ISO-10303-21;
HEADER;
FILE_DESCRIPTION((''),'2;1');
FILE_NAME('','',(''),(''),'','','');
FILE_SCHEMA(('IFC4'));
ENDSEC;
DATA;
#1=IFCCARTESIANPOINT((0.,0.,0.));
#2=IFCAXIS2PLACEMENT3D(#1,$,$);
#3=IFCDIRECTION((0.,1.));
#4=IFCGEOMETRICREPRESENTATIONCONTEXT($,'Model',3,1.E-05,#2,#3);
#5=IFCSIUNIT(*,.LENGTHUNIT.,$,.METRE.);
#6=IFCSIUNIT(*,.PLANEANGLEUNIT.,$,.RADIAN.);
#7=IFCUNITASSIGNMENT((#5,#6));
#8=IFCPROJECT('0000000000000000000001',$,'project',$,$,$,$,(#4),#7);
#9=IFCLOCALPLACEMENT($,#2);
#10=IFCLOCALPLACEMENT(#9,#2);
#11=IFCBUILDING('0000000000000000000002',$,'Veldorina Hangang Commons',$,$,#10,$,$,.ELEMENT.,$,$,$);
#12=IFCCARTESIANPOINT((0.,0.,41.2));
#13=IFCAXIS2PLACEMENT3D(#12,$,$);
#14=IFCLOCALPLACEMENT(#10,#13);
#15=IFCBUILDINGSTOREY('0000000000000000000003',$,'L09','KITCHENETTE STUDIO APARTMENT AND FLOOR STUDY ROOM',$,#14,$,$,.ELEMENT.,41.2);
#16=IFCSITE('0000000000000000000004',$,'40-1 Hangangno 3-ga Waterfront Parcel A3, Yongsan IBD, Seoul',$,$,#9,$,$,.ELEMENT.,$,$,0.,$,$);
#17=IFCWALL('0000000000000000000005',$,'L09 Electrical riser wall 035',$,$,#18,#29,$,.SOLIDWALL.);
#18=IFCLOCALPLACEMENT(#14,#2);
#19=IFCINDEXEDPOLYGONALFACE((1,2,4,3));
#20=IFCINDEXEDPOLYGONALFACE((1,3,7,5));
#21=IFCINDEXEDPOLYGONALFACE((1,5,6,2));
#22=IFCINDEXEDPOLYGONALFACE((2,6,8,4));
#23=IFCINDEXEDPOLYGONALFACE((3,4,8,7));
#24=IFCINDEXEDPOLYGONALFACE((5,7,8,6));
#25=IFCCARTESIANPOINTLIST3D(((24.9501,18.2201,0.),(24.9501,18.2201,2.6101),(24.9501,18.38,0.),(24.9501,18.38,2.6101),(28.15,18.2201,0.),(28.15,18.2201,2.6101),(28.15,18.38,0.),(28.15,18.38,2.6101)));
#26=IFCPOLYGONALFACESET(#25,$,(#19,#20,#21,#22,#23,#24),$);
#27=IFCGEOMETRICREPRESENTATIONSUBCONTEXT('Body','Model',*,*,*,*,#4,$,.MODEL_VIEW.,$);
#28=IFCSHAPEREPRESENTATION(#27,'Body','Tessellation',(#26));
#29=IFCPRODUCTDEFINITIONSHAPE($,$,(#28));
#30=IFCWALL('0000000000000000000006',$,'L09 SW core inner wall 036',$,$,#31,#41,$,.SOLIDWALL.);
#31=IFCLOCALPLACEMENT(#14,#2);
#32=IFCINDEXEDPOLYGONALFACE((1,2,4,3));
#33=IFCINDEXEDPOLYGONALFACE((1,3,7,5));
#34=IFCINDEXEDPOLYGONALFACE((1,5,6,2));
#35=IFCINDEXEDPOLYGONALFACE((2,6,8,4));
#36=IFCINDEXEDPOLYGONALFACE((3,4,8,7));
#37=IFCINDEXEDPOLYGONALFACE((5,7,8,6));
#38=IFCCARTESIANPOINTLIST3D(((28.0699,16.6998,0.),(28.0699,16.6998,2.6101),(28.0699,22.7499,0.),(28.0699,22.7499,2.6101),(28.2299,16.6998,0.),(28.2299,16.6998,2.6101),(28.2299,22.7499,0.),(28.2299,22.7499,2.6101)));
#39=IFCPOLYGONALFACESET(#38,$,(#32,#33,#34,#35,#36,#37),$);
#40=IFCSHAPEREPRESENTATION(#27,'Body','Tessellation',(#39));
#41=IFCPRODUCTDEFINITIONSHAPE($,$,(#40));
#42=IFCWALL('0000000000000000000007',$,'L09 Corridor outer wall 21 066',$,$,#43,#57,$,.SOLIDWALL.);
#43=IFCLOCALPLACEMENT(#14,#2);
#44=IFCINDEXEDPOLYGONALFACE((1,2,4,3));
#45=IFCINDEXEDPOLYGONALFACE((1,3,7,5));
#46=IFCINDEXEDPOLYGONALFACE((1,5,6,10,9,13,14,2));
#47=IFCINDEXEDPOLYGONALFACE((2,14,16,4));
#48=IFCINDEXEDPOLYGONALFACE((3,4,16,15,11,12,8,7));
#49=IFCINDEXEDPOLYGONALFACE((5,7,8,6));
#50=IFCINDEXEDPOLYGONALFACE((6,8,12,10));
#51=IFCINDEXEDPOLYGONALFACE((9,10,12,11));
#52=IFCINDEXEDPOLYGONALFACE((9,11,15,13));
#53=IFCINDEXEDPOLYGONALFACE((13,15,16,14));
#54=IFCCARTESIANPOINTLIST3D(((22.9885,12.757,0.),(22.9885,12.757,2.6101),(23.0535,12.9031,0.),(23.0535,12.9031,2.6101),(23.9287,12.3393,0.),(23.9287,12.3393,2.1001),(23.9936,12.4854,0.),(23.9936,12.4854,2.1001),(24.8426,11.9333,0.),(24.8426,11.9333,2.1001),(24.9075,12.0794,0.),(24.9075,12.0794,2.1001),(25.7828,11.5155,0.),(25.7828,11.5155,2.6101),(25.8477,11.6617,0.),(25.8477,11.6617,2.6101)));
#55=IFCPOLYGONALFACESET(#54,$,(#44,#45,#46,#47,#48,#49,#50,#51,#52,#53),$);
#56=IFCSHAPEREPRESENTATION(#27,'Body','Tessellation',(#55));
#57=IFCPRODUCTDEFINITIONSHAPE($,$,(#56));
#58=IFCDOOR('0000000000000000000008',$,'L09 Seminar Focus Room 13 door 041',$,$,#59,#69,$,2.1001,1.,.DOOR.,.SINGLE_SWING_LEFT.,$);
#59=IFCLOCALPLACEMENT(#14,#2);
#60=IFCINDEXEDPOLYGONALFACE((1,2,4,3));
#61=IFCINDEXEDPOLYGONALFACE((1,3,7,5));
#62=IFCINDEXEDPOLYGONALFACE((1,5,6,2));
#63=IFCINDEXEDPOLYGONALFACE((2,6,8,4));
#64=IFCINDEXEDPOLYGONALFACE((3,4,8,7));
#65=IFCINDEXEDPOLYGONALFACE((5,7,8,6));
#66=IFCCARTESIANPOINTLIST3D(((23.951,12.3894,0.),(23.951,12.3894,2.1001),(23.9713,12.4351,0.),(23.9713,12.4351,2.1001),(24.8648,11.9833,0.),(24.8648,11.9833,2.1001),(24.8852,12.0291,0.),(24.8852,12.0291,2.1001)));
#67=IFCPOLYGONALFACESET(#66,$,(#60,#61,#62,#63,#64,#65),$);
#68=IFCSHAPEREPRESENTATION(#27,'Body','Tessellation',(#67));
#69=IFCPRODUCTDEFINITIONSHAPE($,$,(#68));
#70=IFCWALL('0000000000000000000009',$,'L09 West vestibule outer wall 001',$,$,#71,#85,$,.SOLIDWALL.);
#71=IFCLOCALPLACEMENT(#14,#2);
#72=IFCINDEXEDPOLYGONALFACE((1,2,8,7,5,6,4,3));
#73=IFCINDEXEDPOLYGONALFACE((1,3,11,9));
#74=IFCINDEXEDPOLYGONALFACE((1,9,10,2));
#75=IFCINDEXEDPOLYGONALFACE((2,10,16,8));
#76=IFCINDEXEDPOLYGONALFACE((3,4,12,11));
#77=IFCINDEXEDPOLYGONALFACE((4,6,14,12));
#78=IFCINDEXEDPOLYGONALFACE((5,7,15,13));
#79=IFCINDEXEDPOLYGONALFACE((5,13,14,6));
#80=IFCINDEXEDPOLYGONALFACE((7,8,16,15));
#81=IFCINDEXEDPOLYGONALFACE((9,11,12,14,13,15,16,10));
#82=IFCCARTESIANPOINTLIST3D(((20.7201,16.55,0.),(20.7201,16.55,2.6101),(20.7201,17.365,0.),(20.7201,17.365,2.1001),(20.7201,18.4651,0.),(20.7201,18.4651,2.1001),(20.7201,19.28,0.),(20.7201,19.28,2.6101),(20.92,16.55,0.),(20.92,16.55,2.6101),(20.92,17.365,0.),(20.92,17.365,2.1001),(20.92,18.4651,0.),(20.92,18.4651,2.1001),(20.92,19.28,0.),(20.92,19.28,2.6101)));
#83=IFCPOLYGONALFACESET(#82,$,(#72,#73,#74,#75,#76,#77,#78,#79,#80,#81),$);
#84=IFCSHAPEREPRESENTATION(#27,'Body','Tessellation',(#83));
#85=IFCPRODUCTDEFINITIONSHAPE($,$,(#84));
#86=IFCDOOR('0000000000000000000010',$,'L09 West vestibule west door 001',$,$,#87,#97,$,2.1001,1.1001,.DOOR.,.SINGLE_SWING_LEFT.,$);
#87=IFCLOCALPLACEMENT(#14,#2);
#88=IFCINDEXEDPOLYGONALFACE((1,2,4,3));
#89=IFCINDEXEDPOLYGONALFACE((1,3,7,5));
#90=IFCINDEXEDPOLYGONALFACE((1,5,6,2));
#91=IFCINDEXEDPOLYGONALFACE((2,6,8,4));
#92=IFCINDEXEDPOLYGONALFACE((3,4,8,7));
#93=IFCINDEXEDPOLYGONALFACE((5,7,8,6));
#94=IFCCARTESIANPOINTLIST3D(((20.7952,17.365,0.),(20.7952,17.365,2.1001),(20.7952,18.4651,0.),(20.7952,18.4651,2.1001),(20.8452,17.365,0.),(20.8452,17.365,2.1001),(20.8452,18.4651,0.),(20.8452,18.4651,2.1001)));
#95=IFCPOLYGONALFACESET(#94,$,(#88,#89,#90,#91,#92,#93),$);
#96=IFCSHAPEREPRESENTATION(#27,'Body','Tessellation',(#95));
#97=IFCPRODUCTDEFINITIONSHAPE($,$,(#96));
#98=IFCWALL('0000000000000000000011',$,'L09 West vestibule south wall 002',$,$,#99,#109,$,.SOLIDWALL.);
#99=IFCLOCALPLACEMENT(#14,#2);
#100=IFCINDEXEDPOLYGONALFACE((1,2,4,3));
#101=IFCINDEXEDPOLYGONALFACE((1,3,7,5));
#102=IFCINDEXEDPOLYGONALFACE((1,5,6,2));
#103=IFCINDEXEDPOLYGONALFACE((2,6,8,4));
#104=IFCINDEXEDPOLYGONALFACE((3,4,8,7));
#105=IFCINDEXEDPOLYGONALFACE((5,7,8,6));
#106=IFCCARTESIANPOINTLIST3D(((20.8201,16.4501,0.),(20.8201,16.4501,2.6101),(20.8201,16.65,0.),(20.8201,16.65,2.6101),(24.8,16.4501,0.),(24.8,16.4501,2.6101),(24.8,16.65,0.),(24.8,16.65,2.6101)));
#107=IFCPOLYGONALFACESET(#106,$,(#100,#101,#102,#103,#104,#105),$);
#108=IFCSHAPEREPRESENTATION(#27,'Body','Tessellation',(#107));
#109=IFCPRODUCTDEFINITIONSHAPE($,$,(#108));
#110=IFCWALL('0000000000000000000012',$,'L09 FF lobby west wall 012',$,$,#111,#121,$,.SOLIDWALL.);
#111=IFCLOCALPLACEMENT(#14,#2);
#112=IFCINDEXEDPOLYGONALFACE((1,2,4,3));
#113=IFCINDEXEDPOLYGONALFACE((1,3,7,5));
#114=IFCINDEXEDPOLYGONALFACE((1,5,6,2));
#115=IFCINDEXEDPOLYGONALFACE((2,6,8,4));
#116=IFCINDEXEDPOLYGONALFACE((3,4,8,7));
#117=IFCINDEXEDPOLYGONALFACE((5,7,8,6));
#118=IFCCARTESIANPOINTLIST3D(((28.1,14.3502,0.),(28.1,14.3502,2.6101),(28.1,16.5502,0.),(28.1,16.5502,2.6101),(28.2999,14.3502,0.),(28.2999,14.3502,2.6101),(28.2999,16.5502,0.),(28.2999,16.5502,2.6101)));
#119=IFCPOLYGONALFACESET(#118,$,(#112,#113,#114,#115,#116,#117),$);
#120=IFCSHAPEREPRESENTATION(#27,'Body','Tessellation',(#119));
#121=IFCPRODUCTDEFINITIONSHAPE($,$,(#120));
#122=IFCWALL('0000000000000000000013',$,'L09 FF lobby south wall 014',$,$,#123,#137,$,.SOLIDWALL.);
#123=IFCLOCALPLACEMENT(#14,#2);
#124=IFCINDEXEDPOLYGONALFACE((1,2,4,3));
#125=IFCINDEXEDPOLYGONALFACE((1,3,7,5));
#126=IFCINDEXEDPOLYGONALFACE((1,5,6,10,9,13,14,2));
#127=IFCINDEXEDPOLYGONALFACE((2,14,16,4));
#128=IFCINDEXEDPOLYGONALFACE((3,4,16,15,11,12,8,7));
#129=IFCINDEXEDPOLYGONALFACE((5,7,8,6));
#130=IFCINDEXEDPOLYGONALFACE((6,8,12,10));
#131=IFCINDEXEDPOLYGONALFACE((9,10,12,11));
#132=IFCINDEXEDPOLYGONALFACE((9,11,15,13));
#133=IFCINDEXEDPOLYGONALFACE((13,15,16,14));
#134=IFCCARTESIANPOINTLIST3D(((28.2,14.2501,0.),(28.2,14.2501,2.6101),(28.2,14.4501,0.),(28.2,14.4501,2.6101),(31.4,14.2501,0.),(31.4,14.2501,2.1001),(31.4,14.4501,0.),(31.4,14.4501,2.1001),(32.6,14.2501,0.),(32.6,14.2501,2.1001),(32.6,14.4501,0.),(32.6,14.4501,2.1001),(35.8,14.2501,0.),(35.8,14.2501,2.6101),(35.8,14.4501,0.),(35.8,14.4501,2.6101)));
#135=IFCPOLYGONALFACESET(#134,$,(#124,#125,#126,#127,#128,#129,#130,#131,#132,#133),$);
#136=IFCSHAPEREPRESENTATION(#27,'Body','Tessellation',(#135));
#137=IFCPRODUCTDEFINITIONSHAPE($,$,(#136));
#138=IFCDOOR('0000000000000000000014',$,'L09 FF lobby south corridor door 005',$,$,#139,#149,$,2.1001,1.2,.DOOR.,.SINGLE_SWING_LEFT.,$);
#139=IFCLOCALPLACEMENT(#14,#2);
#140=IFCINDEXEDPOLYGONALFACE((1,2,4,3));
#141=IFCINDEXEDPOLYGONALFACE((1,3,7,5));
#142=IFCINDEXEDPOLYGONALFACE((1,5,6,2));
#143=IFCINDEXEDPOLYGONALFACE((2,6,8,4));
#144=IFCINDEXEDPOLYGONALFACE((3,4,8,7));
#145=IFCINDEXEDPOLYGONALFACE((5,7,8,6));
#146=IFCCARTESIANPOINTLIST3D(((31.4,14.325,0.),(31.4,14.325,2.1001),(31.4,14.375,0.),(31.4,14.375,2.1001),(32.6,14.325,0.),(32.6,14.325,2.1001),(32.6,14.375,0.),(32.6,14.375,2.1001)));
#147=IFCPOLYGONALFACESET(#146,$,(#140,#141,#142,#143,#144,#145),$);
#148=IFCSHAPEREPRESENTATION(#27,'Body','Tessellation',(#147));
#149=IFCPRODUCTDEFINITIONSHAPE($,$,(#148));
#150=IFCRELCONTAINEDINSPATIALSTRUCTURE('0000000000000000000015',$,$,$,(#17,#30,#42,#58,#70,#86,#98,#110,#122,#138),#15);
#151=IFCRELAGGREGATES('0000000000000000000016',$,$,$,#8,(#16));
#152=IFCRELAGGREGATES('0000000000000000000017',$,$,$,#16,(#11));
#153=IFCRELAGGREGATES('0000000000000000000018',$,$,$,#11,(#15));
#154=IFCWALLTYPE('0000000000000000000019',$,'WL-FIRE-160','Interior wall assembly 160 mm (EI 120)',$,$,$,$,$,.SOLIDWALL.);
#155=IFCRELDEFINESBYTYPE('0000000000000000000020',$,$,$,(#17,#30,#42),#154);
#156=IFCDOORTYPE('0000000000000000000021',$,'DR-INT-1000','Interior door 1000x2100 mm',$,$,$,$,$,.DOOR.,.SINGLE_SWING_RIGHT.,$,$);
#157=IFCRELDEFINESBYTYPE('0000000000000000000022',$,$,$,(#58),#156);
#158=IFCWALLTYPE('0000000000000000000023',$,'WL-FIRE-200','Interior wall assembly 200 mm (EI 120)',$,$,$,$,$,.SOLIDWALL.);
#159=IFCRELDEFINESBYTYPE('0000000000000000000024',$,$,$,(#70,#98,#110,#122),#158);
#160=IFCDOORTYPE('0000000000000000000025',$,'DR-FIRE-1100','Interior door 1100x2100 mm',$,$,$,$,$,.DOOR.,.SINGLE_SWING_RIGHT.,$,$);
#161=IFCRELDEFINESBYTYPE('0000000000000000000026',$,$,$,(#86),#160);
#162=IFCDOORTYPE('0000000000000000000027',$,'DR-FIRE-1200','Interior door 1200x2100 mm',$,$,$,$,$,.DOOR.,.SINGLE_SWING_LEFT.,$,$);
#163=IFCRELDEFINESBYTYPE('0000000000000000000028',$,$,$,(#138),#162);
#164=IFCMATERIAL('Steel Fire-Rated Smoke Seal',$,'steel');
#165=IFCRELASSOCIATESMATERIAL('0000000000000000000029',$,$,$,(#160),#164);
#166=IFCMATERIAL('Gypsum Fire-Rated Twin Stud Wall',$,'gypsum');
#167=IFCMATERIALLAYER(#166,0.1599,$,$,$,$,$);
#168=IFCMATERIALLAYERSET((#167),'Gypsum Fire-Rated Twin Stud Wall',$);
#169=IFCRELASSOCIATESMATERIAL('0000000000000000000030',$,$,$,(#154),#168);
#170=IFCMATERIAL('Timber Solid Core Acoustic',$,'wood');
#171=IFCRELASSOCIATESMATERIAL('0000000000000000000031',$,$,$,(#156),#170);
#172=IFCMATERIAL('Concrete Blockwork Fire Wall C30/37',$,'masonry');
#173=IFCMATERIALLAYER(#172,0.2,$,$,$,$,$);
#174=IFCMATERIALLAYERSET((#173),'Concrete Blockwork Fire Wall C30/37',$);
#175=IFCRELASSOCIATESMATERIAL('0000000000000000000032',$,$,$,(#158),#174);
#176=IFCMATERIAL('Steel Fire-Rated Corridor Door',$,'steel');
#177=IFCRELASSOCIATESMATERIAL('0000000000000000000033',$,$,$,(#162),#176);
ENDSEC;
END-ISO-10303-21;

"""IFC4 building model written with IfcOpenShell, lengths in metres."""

from ifc_helpers import new_model, si_unit, direction, frame, frame_2d, origin, place, context, subcontext, project, spatial, rectangle, extrude, material, layer, layer_set, type_object, element, fill, save


model = new_model("IFC4")

# Units and contexts
model_context = context("Model", 3, precision=1e-05, world=origin(), true_north=direction((0.0, 1.0)))
body_context = subcontext(model_context, "Body", "Model", "MODEL_VIEW")
ifc_project = project(units=[si_unit("LENGTHUNIT", "METRE"), si_unit("PLANEANGLEUNIT", "RADIAN")], contexts=[model_context])

# Site, building, storey
site_placement = place(None, origin())
site = spatial("IfcSite", under=ifc_project, at=site_placement, Name="40-1 Hangangno 3-ga Waterfront Parcel A3, Yongsan IBD, Seoul", CompositionType="ELEMENT", RefElevation=0.0)
building_placement = place(site_placement, origin())
building = spatial("IfcBuilding", under=site, at=building_placement, Name="Veldorina Hangang Commons", CompositionType="ELEMENT")
storey_placement = place(building_placement, frame((0.0, 0.0, 41.2)))
storey = spatial("IfcBuildingStorey", under=building, at=storey_placement, Name="L09", Description="KITCHENETTE STUDIO APARTMENT AND FLOOR STUDY ROOM", CompositionType="ELEMENT", Elevation=41.2)

# Shared definitions
ifc_material_1 = material(Name="Steel Fire-Rated Smoke Seal", Category="steel")
door_type_1 = type_object("IfcDoorType", Name="DR-FIRE-1100", Description="Interior door 1100x2100 mm", OperationType="SINGLE_SWING_RIGHT", PredefinedType="DOOR", material=ifc_material_1)

# Shared definitions
ifc_material_2 = material(Name="Gypsum Fire-Rated Twin Stud Wall", Category="gypsum")
ifc_layer_1 = layer(ifc_material_2, 0.1599)
ifc_layer_set_1 = layer_set([ifc_layer_1], Name="Gypsum Fire-Rated Twin Stud Wall")
wall_type_1 = type_object("IfcWallType", Name="WL-FIRE-160", Description="Interior wall assembly 160 mm (EI 120)", PredefinedType="SOLIDWALL", material=ifc_layer_set_1)

# Walls
wall_1_placement = place(storey_placement, frame((24.95, 18.3, 0.0), z_axis=(0.0, 0.0, 1.0), x_axis=(1.0, 0.0, 0.0)))
element("IfcWall", 1, at=wall_1_placement, inside=storey, type_object=wall_type_1, Name="L09 Electrical riser wall 035", PredefinedType="SOLIDWALL", context=body_context, shape_type="SweptSolid", body=[
    extrude(rectangle(XDim=3.2, YDim=0.1599, at=frame_2d((1.6001, 0.0))), origin(), (0.0, 0.0, 1.0), 2.6101),
])
wall_2_placement = place(storey_placement, frame((28.1499, 16.7, 0.0), z_axis=(0.0, 0.0, 1.0), x_axis=(0.0, 1.0, 0.0)))
element("IfcWall", 2, at=wall_2_placement, inside=storey, type_object=wall_type_1, Name="L09 SW core inner wall 036", PredefinedType="SOLIDWALL", context=body_context, shape_type="SweptSolid", body=[
    extrude(rectangle(XDim=6.05, YDim=0.1599, at=frame_2d((3.0249, 0.0))), origin(), (0.0, 0.0, 1.0), 2.6101),
])

# Walls, openings, doors
wall_3_placement = place(storey_placement, frame((23.021, 12.8301, 0.0), z_axis=(0.0, 0.0, 1.0), x_axis=(0.913861, -0.406027, 0.0)))
wall_3 = element("IfcWall", 3, at=wall_3_placement, inside=storey, type_object=wall_type_1, Name="L09 Corridor outer wall 21 066", PredefinedType="SOLIDWALL", context=body_context, shape_type="SweptSolid", body=[
    extrude(rectangle(XDim=3.0576, YDim=0.1599, at=frame_2d((1.5288, 0.0))), origin(), (0.0, 0.0, 1.0), 2.6101),
])
opening_1_placement = place(wall_3_placement, frame((1.0288, 0.0, 0.0)))
opening_1 = element("IfcOpeningElement", 4, at=opening_1_placement, cuts=wall_3, PredefinedType="OPENING", context=body_context, shape_type="SweptSolid", body=[
    extrude(rectangle(XDim=1.0, YDim=2.1001, at=frame_2d((0.5, 1.05))), frame((0.0, 0.0898, 0.0), z_axis=(0.0, -1.0, 0.0), x_axis=(1.0, 0.0, 0.0)), (0.0, 0.0, 1.0), 0.1799),
])
ifc_material_3 = material(Name="Timber Solid Core Acoustic", Category="wood")
door_type_2 = type_object("IfcDoorType", Name="DR-INT-1000", Description="Interior door 1000x2100 mm", OperationType="SINGLE_SWING_RIGHT", PredefinedType="DOOR", material=ifc_material_3)
door_1_placement = place(opening_1_placement, origin())
door_1 = element("IfcDoor", 5, at=door_1_placement, inside=storey, type_object=door_type_2, Name="L09 Seminar Focus Room 13 door 041", OperationType="SINGLE_SWING_LEFT", OverallHeight=2.1001, OverallWidth=1.0, PredefinedType="DOOR", context=body_context, shape_type="SweptSolid", body=[
    extrude(rectangle(XDim=1.0, YDim=2.1001, at=frame_2d((0.5, 1.05))), frame((0.0, 0.0249, 0.0), z_axis=(0.0, -1.0, 0.0), x_axis=(1.0, 0.0, 0.0)), (0.0, 0.0, 1.0), 0.05),
])
fill(opening_1, door_1)
ifc_material_4 = material(Name="Concrete Blockwork Fire Wall C30/37", Category="masonry")
ifc_layer_2 = layer(ifc_material_4, 0.2)
ifc_layer_set_2 = layer_set([ifc_layer_2], Name="Concrete Blockwork Fire Wall C30/37")
wall_type_2 = type_object("IfcWallType", Name="WL-FIRE-200", Description="Interior wall assembly 200 mm (EI 120)", PredefinedType="SOLIDWALL", material=ifc_layer_set_2)
wall_4_placement = place(storey_placement, frame((20.8201, 16.55, 0.0), z_axis=(0.0, 0.0, 1.0), x_axis=(0.0, 1.0, 0.0)))
wall_4 = element("IfcWall", 6, at=wall_4_placement, inside=storey, type_object=wall_type_2, Name="L09 West vestibule outer wall 001", PredefinedType="SOLIDWALL", context=body_context, shape_type="SweptSolid", body=[
    extrude(rectangle(XDim=2.73, YDim=0.2, at=frame_2d((1.365, 0.0))), origin(), (0.0, 0.0, 1.0), 2.6101),
])
opening_2_placement = place(wall_4_placement, frame((0.8149, 0.0, 0.0)))
opening_2 = element("IfcOpeningElement", 7, at=opening_2_placement, cuts=wall_4, PredefinedType="OPENING", context=body_context, shape_type="SweptSolid", body=[
    extrude(rectangle(XDim=1.1001, YDim=2.1001, at=frame_2d((0.55, 1.05))), frame((0.0, 0.1099, 0.0), z_axis=(0.0, -1.0, 0.0), x_axis=(1.0, 0.0, 0.0)), (0.0, 0.0, 1.0), 0.22),
])
door_2_placement = place(opening_2_placement, origin())
door_2 = element("IfcDoor", 8, at=door_2_placement, inside=storey, type_object=door_type_1, Name="L09 West vestibule west door 001", OperationType="SINGLE_SWING_LEFT", OverallHeight=2.1001, OverallWidth=1.1001, PredefinedType="DOOR", context=body_context, shape_type="SweptSolid", body=[
    extrude(rectangle(XDim=1.1001, YDim=2.1001, at=frame_2d((0.55, 1.05))), frame((0.0, 0.0249, 0.0), z_axis=(0.0, -1.0, 0.0), x_axis=(1.0, 0.0, 0.0)), (0.0, 0.0, 1.0), 0.05),
])
fill(opening_2, door_2)

# Walls
wall_5_placement = place(storey_placement, frame((20.8201, 16.55, 0.0), z_axis=(0.0, 0.0, 1.0), x_axis=(1.0, 0.0, 0.0)))
element("IfcWall", 9, at=wall_5_placement, inside=storey, type_object=wall_type_2, Name="L09 West vestibule south wall 002", PredefinedType="SOLIDWALL", context=body_context, shape_type="SweptSolid", body=[
    extrude(rectangle(XDim=3.98, YDim=0.2, at=frame_2d((1.99, 0.0))), origin(), (0.0, 0.0, 1.0), 2.6101),
])
wall_6_placement = place(storey_placement, frame((28.2, 14.3501, 0.0), z_axis=(0.0, 0.0, 1.0), x_axis=(0.0, 1.0, 0.0)))
element("IfcWall", 10, at=wall_6_placement, inside=storey, type_object=wall_type_2, Name="L09 FF lobby west wall 012", PredefinedType="SOLIDWALL", context=body_context, shape_type="SweptSolid", body=[
    extrude(rectangle(XDim=2.2, YDim=0.2, at=frame_2d((1.1001, 0.0))), origin(), (0.0, 0.0, 1.0), 2.6101),
])

# Wall, opening, door
wall_7_placement = place(storey_placement, frame((28.2, 14.3501, 0.0), z_axis=(0.0, 0.0, 1.0), x_axis=(1.0, 0.0, 0.0)))
wall_7 = element("IfcWall", 11, at=wall_7_placement, inside=storey, type_object=wall_type_2, Name="L09 FF lobby south wall 014", PredefinedType="SOLIDWALL", context=body_context, shape_type="SweptSolid", body=[
    extrude(rectangle(XDim=7.6001, YDim=0.2, at=frame_2d((3.8, 0.0))), origin(), (0.0, 0.0, 1.0), 2.6101),
])
opening_3_placement = place(wall_7_placement, frame((3.2, 0.0, 0.0)))
opening_3 = element("IfcOpeningElement", 12, at=opening_3_placement, cuts=wall_7, PredefinedType="OPENING", context=body_context, shape_type="SweptSolid", body=[
    extrude(rectangle(XDim=1.2, YDim=2.1001, at=frame_2d((0.6001, 1.05))), frame((0.0, 0.1099, 0.0), z_axis=(0.0, -1.0, 0.0), x_axis=(1.0, 0.0, 0.0)), (0.0, 0.0, 1.0), 0.22),
])
ifc_material_5 = material(Name="Steel Fire-Rated Corridor Door", Category="steel")
door_type_3 = type_object("IfcDoorType", Name="DR-FIRE-1200", Description="Interior door 1200x2100 mm", OperationType="SINGLE_SWING_LEFT", PredefinedType="DOOR", material=ifc_material_5)
door_3_placement = place(opening_3_placement, origin())
door_3 = element("IfcDoor", 13, at=door_3_placement, inside=storey, type_object=door_type_3, Name="L09 FF lobby south corridor door 005", OperationType="SINGLE_SWING_LEFT", OverallHeight=2.1001, OverallWidth=1.2, PredefinedType="DOOR", context=body_context, shape_type="SweptSolid", body=[
    extrude(rectangle(XDim=1.2, YDim=2.1001, at=frame_2d((0.6001, 1.05))), frame((0.0, 0.0249, 0.0), z_axis=(0.0, -1.0, 0.0), x_axis=(1.0, 0.0, 0.0)), (0.0, 0.0, 1.0), 0.05),
])
fill(opening_3, door_3)

save(model, "model.ifc")
